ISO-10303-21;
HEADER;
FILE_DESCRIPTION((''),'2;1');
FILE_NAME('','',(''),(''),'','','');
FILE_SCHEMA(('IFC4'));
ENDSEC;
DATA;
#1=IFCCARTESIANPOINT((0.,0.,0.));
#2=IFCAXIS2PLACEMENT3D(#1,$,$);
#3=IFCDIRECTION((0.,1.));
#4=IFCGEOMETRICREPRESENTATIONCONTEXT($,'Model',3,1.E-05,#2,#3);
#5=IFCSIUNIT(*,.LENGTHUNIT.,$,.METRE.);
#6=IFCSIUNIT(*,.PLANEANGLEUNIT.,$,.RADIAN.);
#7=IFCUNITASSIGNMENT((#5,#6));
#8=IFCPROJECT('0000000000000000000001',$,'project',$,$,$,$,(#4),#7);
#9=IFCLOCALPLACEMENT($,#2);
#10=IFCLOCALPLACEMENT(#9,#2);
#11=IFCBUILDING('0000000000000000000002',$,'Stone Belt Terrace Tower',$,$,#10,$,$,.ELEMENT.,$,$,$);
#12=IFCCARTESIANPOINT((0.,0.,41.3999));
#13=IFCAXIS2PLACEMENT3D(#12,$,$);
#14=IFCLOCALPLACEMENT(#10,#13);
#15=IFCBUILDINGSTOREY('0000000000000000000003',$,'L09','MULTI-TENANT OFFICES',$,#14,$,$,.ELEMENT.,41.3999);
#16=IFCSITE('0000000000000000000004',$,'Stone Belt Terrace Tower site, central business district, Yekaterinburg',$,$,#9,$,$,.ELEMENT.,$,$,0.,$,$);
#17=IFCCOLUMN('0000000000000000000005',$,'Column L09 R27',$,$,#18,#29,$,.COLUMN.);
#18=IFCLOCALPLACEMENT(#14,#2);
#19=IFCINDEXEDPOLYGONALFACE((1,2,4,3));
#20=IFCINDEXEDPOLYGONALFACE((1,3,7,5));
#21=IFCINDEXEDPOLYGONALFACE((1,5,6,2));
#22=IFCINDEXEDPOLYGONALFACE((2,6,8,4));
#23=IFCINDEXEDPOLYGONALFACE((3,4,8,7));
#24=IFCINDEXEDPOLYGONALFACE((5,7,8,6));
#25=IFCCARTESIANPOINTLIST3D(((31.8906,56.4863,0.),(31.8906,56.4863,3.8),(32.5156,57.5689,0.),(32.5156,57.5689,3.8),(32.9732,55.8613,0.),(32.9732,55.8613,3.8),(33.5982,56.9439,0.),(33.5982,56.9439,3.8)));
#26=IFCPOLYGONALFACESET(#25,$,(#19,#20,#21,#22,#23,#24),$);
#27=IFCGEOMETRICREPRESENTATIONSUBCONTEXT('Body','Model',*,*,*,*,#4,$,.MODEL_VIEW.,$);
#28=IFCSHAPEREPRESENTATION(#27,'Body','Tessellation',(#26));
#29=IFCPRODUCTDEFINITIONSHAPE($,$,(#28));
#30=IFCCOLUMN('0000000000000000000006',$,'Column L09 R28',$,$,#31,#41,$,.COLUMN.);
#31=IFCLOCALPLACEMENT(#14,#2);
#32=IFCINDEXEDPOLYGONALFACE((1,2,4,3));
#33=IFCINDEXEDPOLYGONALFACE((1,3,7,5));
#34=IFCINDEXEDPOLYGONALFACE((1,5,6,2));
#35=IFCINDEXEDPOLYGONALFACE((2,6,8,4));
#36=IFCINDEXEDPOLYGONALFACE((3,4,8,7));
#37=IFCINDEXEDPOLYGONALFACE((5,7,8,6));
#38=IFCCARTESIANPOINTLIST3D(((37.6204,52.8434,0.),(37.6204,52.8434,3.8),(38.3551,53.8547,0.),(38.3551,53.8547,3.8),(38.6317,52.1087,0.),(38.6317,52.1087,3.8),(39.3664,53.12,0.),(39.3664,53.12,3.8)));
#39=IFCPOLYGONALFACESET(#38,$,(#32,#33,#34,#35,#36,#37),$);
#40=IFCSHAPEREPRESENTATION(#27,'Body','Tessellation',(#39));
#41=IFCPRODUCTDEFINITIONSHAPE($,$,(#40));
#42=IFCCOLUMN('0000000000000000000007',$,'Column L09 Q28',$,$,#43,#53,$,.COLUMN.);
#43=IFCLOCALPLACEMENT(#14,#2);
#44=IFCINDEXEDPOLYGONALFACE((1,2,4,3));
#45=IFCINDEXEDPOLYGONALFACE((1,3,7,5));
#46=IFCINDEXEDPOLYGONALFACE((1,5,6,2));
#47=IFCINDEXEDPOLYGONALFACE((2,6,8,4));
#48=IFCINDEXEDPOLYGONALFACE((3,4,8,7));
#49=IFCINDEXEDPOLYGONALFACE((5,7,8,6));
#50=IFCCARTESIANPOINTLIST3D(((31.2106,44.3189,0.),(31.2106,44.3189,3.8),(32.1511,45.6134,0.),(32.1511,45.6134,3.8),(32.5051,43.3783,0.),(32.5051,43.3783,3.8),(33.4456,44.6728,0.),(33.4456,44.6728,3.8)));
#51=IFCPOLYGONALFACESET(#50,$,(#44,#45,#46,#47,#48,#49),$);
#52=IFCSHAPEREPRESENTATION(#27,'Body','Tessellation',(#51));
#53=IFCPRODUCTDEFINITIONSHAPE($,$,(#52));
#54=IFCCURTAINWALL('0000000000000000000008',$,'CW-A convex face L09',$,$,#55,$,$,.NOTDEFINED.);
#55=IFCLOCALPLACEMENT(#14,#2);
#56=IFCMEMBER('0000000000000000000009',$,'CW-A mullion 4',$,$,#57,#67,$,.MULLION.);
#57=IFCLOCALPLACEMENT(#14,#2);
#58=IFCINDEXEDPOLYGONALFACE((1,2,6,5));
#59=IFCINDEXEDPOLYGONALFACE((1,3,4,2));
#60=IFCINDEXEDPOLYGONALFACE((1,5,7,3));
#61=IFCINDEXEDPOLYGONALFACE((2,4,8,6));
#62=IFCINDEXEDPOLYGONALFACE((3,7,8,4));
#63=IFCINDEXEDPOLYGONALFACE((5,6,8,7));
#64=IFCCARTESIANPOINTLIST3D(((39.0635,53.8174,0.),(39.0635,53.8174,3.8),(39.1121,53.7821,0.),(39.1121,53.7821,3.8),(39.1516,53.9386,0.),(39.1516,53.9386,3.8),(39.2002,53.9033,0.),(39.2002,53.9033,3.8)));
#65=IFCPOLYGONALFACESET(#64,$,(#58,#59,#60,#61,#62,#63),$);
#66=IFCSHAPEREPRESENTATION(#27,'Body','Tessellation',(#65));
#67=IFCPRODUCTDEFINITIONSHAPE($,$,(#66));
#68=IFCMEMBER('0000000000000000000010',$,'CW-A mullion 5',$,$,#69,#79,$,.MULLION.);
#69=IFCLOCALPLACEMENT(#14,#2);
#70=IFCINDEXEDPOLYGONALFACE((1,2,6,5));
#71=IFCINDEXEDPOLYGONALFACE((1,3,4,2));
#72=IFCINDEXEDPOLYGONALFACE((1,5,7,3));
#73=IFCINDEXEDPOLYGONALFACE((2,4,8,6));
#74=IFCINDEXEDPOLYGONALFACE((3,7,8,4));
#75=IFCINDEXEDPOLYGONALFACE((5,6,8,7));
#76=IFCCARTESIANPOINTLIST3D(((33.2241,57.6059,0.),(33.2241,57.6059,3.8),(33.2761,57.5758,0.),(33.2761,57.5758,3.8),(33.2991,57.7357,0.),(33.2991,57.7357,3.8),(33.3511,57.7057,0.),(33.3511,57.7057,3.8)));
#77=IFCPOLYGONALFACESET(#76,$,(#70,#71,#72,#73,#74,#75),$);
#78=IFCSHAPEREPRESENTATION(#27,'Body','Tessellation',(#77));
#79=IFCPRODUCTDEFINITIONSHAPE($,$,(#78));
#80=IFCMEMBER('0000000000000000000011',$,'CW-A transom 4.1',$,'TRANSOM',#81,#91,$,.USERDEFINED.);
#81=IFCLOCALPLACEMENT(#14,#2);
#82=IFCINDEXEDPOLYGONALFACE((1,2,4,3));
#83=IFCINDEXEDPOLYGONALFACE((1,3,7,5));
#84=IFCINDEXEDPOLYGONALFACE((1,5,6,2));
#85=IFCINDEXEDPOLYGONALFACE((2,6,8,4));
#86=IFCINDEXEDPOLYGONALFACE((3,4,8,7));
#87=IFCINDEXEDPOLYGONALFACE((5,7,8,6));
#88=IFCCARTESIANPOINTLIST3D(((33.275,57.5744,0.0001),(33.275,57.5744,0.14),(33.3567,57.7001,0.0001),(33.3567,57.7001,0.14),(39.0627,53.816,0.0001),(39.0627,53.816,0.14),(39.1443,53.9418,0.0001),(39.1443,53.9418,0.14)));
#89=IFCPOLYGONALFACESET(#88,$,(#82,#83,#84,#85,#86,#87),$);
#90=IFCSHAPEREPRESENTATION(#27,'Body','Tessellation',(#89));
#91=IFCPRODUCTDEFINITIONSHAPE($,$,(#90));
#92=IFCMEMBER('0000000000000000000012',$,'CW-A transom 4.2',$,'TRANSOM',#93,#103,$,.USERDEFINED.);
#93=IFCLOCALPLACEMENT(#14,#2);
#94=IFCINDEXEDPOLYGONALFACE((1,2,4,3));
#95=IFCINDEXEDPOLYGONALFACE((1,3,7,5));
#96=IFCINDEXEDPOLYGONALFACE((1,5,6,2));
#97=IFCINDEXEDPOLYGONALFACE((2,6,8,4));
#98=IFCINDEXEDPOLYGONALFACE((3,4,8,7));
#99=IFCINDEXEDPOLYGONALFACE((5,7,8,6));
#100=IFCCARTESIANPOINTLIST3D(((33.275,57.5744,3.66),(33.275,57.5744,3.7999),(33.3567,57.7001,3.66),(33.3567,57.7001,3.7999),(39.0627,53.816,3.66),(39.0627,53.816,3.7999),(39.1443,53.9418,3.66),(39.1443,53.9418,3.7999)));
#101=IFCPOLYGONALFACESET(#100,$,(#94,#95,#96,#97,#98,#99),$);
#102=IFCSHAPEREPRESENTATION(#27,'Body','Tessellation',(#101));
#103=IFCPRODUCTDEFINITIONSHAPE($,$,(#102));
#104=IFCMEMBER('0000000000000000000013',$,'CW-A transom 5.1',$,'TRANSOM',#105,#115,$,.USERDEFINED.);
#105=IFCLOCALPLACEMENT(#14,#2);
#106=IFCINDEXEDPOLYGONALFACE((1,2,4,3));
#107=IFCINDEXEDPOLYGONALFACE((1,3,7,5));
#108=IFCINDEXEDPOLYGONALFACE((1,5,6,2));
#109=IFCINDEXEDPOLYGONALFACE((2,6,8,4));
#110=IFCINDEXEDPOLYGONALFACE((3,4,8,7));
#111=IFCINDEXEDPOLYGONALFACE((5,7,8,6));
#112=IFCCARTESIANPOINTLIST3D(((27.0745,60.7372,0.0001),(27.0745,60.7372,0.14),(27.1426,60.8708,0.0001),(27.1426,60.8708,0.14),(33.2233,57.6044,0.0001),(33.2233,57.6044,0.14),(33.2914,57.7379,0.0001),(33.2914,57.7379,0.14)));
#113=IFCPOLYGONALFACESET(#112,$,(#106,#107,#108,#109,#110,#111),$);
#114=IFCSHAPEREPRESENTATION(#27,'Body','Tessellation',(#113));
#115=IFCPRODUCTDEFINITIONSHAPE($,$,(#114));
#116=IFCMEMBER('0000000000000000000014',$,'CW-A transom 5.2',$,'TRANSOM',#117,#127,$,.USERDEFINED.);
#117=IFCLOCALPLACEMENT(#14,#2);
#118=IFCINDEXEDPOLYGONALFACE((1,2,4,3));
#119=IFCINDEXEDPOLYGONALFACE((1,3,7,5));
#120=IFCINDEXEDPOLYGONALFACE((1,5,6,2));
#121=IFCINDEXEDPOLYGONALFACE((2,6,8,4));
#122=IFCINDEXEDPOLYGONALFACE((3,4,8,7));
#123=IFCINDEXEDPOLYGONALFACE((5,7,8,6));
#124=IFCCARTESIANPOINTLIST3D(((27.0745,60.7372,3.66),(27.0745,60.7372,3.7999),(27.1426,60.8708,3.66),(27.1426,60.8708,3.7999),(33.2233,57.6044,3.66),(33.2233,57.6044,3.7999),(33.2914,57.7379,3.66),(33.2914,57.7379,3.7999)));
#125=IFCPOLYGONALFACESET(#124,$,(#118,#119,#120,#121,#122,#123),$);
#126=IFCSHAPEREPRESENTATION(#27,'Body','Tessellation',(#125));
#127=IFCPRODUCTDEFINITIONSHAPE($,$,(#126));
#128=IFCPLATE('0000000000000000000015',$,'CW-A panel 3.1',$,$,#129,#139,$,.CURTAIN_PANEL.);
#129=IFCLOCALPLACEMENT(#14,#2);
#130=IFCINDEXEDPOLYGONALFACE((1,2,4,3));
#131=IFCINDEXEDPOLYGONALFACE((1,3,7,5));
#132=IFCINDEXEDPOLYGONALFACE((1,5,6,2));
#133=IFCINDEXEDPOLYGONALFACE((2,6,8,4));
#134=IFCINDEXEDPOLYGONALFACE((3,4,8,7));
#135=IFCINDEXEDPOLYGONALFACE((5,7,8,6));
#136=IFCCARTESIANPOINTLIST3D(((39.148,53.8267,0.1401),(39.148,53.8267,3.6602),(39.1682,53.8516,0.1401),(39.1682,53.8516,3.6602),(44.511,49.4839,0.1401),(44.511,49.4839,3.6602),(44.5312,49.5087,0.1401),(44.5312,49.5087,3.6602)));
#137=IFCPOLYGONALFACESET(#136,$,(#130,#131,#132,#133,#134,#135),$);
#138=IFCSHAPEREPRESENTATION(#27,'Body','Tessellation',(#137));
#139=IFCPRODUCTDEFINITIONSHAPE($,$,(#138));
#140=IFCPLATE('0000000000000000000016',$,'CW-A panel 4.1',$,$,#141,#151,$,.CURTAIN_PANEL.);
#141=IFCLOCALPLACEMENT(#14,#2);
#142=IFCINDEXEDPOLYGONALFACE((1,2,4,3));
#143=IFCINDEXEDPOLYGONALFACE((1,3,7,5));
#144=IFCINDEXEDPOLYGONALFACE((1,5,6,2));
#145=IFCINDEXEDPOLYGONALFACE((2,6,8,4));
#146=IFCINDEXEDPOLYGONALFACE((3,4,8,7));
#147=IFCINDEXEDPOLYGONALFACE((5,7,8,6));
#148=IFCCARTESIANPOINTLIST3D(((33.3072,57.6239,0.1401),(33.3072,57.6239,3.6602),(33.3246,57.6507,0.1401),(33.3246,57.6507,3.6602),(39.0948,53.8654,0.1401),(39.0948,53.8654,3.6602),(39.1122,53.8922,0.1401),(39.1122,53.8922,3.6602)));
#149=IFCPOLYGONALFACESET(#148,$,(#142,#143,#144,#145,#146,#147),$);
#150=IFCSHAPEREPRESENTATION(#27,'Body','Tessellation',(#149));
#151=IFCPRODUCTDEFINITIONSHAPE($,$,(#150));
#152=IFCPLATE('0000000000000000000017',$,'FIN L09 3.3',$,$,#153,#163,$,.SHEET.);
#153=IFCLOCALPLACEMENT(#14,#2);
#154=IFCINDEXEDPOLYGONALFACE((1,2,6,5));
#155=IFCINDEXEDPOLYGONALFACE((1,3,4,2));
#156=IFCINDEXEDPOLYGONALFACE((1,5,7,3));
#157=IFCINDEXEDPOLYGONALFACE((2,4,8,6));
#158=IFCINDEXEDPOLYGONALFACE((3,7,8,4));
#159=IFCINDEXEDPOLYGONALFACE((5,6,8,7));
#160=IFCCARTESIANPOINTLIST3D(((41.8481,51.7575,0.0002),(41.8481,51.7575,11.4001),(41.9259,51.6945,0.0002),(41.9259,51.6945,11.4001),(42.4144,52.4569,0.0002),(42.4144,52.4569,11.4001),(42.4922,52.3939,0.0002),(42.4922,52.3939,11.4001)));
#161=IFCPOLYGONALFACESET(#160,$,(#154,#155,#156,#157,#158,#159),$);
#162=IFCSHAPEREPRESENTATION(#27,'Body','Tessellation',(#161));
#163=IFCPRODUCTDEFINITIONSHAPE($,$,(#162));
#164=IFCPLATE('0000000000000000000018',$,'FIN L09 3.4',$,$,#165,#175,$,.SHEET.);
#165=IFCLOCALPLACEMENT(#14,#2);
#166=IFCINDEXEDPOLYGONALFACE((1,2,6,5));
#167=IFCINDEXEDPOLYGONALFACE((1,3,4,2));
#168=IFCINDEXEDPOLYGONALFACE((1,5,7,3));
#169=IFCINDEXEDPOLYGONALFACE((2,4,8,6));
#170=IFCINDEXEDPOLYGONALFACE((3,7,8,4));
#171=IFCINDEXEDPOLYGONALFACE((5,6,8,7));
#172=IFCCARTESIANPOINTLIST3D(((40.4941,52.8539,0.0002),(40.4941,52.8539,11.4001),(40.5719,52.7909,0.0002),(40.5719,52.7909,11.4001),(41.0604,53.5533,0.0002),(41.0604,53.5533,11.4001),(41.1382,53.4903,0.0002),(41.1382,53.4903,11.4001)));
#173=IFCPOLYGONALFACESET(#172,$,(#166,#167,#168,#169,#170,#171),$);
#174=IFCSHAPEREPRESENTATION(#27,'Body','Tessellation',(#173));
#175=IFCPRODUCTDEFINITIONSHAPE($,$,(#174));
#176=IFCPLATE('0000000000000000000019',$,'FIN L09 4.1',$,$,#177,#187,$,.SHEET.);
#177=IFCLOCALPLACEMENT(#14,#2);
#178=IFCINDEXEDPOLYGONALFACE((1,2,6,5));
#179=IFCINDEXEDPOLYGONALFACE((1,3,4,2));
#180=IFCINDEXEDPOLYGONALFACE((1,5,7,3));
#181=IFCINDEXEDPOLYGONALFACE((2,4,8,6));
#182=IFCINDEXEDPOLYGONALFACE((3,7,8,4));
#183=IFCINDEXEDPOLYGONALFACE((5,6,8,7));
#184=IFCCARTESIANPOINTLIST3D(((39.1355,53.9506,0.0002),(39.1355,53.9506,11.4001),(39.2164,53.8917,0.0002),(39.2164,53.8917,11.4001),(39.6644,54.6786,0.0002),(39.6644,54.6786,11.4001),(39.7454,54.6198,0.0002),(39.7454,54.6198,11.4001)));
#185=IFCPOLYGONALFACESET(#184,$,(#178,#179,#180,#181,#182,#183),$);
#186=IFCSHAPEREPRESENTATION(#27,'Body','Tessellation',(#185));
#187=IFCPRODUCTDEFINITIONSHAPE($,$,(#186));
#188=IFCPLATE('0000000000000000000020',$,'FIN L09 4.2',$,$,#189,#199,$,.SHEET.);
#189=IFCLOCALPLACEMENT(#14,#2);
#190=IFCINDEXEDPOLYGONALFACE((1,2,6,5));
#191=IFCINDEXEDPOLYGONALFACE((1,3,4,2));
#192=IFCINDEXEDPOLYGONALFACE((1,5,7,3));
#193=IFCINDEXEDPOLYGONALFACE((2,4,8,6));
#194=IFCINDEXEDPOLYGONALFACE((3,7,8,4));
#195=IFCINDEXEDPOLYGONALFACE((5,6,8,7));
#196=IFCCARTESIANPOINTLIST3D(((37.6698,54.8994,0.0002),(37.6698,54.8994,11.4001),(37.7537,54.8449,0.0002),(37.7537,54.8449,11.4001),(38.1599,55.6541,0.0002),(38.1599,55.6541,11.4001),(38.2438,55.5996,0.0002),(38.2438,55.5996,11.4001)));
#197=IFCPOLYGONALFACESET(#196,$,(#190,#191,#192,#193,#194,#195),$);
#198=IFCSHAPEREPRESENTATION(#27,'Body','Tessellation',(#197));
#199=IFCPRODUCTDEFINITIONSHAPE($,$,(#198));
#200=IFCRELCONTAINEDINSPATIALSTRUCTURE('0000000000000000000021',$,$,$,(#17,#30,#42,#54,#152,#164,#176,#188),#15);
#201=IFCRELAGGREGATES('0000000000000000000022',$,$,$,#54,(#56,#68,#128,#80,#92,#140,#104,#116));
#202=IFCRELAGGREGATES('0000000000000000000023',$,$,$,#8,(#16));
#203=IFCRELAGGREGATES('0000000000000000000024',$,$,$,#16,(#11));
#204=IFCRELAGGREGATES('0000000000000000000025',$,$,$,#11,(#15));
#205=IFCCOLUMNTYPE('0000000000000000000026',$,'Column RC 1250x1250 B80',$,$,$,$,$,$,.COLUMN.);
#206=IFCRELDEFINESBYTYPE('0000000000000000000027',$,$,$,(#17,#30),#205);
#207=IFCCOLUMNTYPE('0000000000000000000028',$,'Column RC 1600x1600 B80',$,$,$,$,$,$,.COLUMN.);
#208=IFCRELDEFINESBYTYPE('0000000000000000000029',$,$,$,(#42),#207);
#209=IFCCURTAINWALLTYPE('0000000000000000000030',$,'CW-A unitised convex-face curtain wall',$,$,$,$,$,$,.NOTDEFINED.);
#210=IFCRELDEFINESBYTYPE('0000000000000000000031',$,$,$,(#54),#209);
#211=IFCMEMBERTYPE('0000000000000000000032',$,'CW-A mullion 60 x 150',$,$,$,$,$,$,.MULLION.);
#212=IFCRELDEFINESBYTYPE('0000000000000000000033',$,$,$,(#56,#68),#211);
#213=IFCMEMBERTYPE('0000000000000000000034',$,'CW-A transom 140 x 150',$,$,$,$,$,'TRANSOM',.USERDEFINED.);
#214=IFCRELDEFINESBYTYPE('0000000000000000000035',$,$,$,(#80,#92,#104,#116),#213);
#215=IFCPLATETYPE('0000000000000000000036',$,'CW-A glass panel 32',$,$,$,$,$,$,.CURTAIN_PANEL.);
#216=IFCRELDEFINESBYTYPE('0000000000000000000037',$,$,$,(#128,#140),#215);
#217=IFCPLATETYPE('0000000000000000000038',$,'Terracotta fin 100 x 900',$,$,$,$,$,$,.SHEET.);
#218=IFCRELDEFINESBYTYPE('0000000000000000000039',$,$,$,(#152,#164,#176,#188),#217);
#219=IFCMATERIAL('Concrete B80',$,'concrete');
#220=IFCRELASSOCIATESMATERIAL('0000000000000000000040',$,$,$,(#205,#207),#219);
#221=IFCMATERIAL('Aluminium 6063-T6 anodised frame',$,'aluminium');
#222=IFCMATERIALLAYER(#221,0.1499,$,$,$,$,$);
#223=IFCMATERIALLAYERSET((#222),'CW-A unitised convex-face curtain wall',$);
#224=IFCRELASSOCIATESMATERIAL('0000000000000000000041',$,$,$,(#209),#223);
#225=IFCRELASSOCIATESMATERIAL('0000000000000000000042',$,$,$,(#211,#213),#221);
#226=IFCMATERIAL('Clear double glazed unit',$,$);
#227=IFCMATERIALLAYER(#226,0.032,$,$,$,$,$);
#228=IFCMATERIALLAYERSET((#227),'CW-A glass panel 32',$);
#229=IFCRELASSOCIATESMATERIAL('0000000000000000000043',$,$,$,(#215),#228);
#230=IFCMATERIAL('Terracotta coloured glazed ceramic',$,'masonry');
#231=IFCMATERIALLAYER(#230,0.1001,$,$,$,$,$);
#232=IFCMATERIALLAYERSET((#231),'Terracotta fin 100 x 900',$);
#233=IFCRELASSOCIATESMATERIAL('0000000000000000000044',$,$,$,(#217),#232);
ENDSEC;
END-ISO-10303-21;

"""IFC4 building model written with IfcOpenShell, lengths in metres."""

from ifc_helpers import new_model, si_unit, direction, frame, origin, origin_2d, place, context, subcontext, project, spatial, rectangle, extrude, material, layer, layer_set, material_profile, profile_set, type_object, element, aggregate, save


model = new_model("IFC4")

# Units and contexts
model_context = context("Model", 3, precision=1e-05, world=origin(), true_north=direction((0.0, 1.0)))
body_context = subcontext(model_context, "Body", "Model", "MODEL_VIEW")
ifc_project = project(units=[si_unit("LENGTHUNIT", "METRE"), si_unit("PLANEANGLEUNIT", "RADIAN")], contexts=[model_context])

# Site, building, storey
site_placement = place(None, origin())
site = spatial("IfcSite", under=ifc_project, at=site_placement, Name="Stone Belt Terrace Tower site, central business district, Yekaterinburg", CompositionType="ELEMENT", RefElevation=0.0)
building_placement = place(site_placement, origin())
building = spatial("IfcBuilding", under=site, at=building_placement, Name="Stone Belt Terrace Tower", CompositionType="ELEMENT")
storey_placement = place(building_placement, frame((0.0, 0.0, 41.3999)))
storey = spatial("IfcBuildingStorey", under=building, at=storey_placement, Name="L09", Description="MULTI-TENANT OFFICES", CompositionType="ELEMENT", Elevation=41.3999)

# Columns
ifc_material_1 = material(Name="Concrete B80", Category="concrete")
ifc_material_profile_1 = material_profile(ifc_material_1, rectangle(XDim=1.25, YDim=1.25, at=origin_2d()), Name="RC 1250x1250")
ifc_profile_set_1 = profile_set([ifc_material_profile_1], Name="Concrete B80")
column_type_1 = type_object("IfcColumnType", Name="Column RC 1250x1250 B80", PredefinedType="COLUMN", material=ifc_profile_set_1)
for number, where, z_axis, x_axis, name in (
    (1, (32.7444, 56.7151, 0.0), (0.0, 0.0, 1.0), (0.866025, -0.5, 0.0), "Column L09 R27"),
    (2, (38.4934, 52.9817, 0.0), (0.0, 0.0, 1.0), (0.809017, -0.587785, 0.0), "Column L09 R28"),
):
    element("IfcColumn", number, at=place(storey_placement, frame(where, z_axis=z_axis, x_axis=x_axis)), inside=storey, type_object=column_type_1, Name=name, PredefinedType="COLUMN", context=body_context, shape_type="SweptSolid", body=[
        extrude(rectangle(XDim=1.25, YDim=1.25, at=origin_2d()), origin(), (0.0, 0.0, 1.0), 3.8),
    ])
ifc_material_profile_2 = material_profile(ifc_material_1, rectangle(XDim=1.6001, YDim=1.6001, at=origin_2d()), Name="RC 1600x1600")
ifc_profile_set_2 = profile_set([ifc_material_profile_2], Name="Concrete B80")
column_type_2 = type_object("IfcColumnType", Name="Column RC 1600x1600 B80", PredefinedType="COLUMN", material=ifc_profile_set_2)
column_placement = place(storey_placement, frame((32.3281, 44.4958, 0.0), z_axis=(0.0, 0.0, 1.0), x_axis=(0.809017, -0.587785, 0.0)))
element("IfcColumn", 3, at=column_placement, inside=storey, type_object=column_type_2, Name="Column L09 Q28", PredefinedType="COLUMN", context=body_context, shape_type="SweptSolid", body=[
    extrude(rectangle(XDim=1.6001, YDim=1.6001, at=origin_2d()), origin(), (0.0, 0.0, 1.0), 3.8),
])

# Curtain wall, members, plates
ifc_material_2 = material(Name="Aluminium 6063-T6 anodised frame", Category="aluminium")
ifc_layer_1 = layer(ifc_material_2, 0.1499)
ifc_layer_set_1 = layer_set([ifc_layer_1], Name="CW-A unitised convex-face curtain wall")
curtain_wall_type = type_object("IfcCurtainWallType", Name="CW-A unitised convex-face curtain wall", PredefinedType="NOTDEFINED", material=ifc_layer_set_1)
curtain_wall_placement = place(storey_placement, origin())
curtain_wall = element("IfcCurtainWall", 4, at=curtain_wall_placement, inside=storey, type_object=curtain_wall_type, Name="CW-A convex face L09", PredefinedType="NOTDEFINED")
ifc_material_profile_3 = material_profile(ifc_material_2, rectangle(XDim=0.1499, YDim=0.0601, at=origin_2d()), Name="Aluminium 6063-T6 60x150")
ifc_profile_set_3 = profile_set([ifc_material_profile_3], Name="Aluminium 6063-T6 anodised frame")
member_type_1 = type_object("IfcMemberType", Name="CW-A mullion 60 x 150", PredefinedType="MULLION", material=ifc_profile_set_3)
member_1_placement = place(storey_placement, frame((39.1318, 53.8604, 0.0), z_axis=(0.0, 0.0, 1.0), x_axis=(-0.587785, -0.809017, 0.0)))
member_1 = element("IfcMember", 5, at=member_1_placement, type_object=member_type_1, Name="CW-A mullion 4", PredefinedType="MULLION", context=body_context, shape_type="SweptSolid", body=[
    extrude(rectangle(XDim=0.1499, YDim=0.0601, at=origin_2d()), origin(), (0.0, 0.0, 1.0), 3.8),
])
member_2_placement = place(storey_placement, frame((33.2876, 57.6558, 0.0), z_axis=(0.0, 0.0, 1.0), x_axis=(-0.5, -0.866025, 0.0)))
member_2 = element("IfcMember", 6, at=member_2_placement, type_object=member_type_1, Name="CW-A mullion 5", PredefinedType="MULLION", context=body_context, shape_type="SweptSolid", body=[
    extrude(rectangle(XDim=0.1499, YDim=0.0601, at=origin_2d()), origin(), (0.0, 0.0, 1.0), 3.8),
])
ifc_material_profile_4 = material_profile(ifc_material_2, rectangle(XDim=0.1499, YDim=0.1399, at=origin_2d()), Name="Aluminium 6063-T6 150x140")
ifc_profile_set_4 = profile_set([ifc_material_profile_4], Name="Aluminium 6063-T6 anodised frame")
member_type_2 = type_object("IfcMemberType", Name="CW-A transom 140 x 150", ElementType="TRANSOM", PredefinedType="USERDEFINED", material=ifc_profile_set_4)
member_3_placement = place(storey_placement, frame((39.1035, 53.8789, 0.0701), z_axis=(-0.838684, 0.544618, 0.0), x_axis=(-0.544618, -0.838684, 0.0)))
member_3 = element("IfcMember", 7, at=member_3_placement, type_object=member_type_2, Name="CW-A transom 4.1", ObjectType="TRANSOM", PredefinedType="USERDEFINED", context=body_context, shape_type="SweptSolid", body=[
    extrude(rectangle(XDim=0.1499, YDim=0.1399, at=origin_2d()), origin(), (0.0, 0.0, 1.0), 6.9009),
])
member_4_placement = place(storey_placement, frame((39.1035, 53.8789, 3.73), z_axis=(-0.838684, 0.544618, 0.0), x_axis=(-0.544618, -0.838684, 0.0)))
member_4 = element("IfcMember", 8, at=member_4_placement, type_object=member_type_2, Name="CW-A transom 4.2", ObjectType="TRANSOM", PredefinedType="USERDEFINED", context=body_context, shape_type="SweptSolid", body=[
    extrude(rectangle(XDim=0.1499, YDim=0.1399, at=origin_2d()), origin(), (0.0, 0.0, 1.0), 6.9009),
])
member_5_placement = place(storey_placement, frame((33.2573, 57.6711, 0.0701), z_axis=(-0.891012, 0.453979, 0.0), x_axis=(-0.453979, -0.891012, 0.0)))
member_5 = element("IfcMember", 9, at=member_5_placement, type_object=member_type_2, Name="CW-A transom 5.1", ObjectType="TRANSOM", PredefinedType="USERDEFINED", context=body_context, shape_type="SweptSolid", body=[
    extrude(rectangle(XDim=0.1499, YDim=0.1399, at=origin_2d()), origin(), (0.0, 0.0, 1.0), 6.9009),
])
member_6_placement = place(storey_placement, frame((33.2573, 57.6711, 3.73), z_axis=(-0.891012, 0.453979, 0.0), x_axis=(-0.453979, -0.891012, 0.0)))
member_6 = element("IfcMember", 10, at=member_6_placement, type_object=member_type_2, Name="CW-A transom 5.2", ObjectType="TRANSOM", PredefinedType="USERDEFINED", context=body_context, shape_type="SweptSolid", body=[
    extrude(rectangle(XDim=0.1499, YDim=0.1399, at=origin_2d()), origin(), (0.0, 0.0, 1.0), 6.9009),
])
ifc_material_3 = material(Name="Clear double glazed unit")
ifc_layer_2 = layer(ifc_material_3, 0.032)
ifc_layer_set_2 = layer_set([ifc_layer_2], Name="CW-A glass panel 32")
plate_type_1 = type_object("IfcPlateType", Name="CW-A glass panel 32", PredefinedType="CURTAIN_PANEL", material=ifc_layer_set_2)
plate_1_placement = place(storey_placement, frame((41.8396, 51.6677, 0.1401), z_axis=(0.0, 0.0, 1.0), x_axis=(-0.777146, 0.62932, 0.0)))
plate_1 = element("IfcPlate", 11, at=plate_1_placement, type_object=plate_type_1, Name="CW-A panel 3.1", PredefinedType="CURTAIN_PANEL", context=body_context, shape_type="SweptSolid", body=[
    extrude(rectangle(XDim=6.9009, YDim=0.032, at=origin_2d()), origin(), (0.0, 0.0, 1.0), 3.52),
])
plate_2_placement = place(storey_placement, frame((36.2097, 55.7581, 0.1401), z_axis=(0.0, 0.0, 1.0), x_axis=(-0.838671, 0.544639, 0.0)))
plate_2 = element("IfcPlate", 12, at=plate_2_placement, type_object=plate_type_1, Name="CW-A panel 4.1", PredefinedType="CURTAIN_PANEL", context=body_context, shape_type="SweptSolid", body=[
    extrude(rectangle(XDim=6.9009, YDim=0.032, at=origin_2d()), origin(), (0.0, 0.0, 1.0), 3.52),
])
aggregate(curtain_wall, [member_1, member_2, plate_1, member_3, member_4, plate_2, member_5, member_6])

# Plates
ifc_material_4 = material(Name="Terracotta coloured glazed ceramic", Category="masonry")
ifc_layer_3 = layer(ifc_material_4, 0.1001)
ifc_layer_set_3 = layer_set([ifc_layer_3], Name="Terracotta fin 100 x 900")
plate_type_2 = type_object("IfcPlateType", Name="Terracotta fin 100 x 900", PredefinedType="SHEET", material=ifc_layer_set_3)
for number, where, z_axis, x_axis, name in (
    (13, (42.1702, 52.0757, 0.0002), (0.0, 0.0, 1.0), (0.62932, 0.777146, 0.0), "FIN L09 3.3"),
    (14, (40.8162, 53.1721, 0.0002), (0.0, 0.0, 1.0), (0.62932, 0.777146, 0.0), "FIN L09 3.4"),
    (15, (39.4404, 54.2852, 0.0002), (0.0, 0.0, 1.0), (0.587785, 0.809017, 0.0), "FIN L09 4.1"),
    (16, (37.9568, 55.2495, 0.0002), (0.0, 0.0, 1.0), (0.544639, 0.838671, 0.0), "FIN L09 4.2"),
):
    element("IfcPlate", number, at=place(storey_placement, frame(where, z_axis=z_axis, x_axis=x_axis)), inside=storey, type_object=plate_type_2, Name=name, PredefinedType="SHEET", context=body_context, shape_type="SweptSolid", body=[
        extrude(rectangle(XDim=0.8999, YDim=0.1001, at=origin_2d()), origin(), (0.0, 0.0, 1.0), 11.3999),
    ])

save(model, "model.ifc")
